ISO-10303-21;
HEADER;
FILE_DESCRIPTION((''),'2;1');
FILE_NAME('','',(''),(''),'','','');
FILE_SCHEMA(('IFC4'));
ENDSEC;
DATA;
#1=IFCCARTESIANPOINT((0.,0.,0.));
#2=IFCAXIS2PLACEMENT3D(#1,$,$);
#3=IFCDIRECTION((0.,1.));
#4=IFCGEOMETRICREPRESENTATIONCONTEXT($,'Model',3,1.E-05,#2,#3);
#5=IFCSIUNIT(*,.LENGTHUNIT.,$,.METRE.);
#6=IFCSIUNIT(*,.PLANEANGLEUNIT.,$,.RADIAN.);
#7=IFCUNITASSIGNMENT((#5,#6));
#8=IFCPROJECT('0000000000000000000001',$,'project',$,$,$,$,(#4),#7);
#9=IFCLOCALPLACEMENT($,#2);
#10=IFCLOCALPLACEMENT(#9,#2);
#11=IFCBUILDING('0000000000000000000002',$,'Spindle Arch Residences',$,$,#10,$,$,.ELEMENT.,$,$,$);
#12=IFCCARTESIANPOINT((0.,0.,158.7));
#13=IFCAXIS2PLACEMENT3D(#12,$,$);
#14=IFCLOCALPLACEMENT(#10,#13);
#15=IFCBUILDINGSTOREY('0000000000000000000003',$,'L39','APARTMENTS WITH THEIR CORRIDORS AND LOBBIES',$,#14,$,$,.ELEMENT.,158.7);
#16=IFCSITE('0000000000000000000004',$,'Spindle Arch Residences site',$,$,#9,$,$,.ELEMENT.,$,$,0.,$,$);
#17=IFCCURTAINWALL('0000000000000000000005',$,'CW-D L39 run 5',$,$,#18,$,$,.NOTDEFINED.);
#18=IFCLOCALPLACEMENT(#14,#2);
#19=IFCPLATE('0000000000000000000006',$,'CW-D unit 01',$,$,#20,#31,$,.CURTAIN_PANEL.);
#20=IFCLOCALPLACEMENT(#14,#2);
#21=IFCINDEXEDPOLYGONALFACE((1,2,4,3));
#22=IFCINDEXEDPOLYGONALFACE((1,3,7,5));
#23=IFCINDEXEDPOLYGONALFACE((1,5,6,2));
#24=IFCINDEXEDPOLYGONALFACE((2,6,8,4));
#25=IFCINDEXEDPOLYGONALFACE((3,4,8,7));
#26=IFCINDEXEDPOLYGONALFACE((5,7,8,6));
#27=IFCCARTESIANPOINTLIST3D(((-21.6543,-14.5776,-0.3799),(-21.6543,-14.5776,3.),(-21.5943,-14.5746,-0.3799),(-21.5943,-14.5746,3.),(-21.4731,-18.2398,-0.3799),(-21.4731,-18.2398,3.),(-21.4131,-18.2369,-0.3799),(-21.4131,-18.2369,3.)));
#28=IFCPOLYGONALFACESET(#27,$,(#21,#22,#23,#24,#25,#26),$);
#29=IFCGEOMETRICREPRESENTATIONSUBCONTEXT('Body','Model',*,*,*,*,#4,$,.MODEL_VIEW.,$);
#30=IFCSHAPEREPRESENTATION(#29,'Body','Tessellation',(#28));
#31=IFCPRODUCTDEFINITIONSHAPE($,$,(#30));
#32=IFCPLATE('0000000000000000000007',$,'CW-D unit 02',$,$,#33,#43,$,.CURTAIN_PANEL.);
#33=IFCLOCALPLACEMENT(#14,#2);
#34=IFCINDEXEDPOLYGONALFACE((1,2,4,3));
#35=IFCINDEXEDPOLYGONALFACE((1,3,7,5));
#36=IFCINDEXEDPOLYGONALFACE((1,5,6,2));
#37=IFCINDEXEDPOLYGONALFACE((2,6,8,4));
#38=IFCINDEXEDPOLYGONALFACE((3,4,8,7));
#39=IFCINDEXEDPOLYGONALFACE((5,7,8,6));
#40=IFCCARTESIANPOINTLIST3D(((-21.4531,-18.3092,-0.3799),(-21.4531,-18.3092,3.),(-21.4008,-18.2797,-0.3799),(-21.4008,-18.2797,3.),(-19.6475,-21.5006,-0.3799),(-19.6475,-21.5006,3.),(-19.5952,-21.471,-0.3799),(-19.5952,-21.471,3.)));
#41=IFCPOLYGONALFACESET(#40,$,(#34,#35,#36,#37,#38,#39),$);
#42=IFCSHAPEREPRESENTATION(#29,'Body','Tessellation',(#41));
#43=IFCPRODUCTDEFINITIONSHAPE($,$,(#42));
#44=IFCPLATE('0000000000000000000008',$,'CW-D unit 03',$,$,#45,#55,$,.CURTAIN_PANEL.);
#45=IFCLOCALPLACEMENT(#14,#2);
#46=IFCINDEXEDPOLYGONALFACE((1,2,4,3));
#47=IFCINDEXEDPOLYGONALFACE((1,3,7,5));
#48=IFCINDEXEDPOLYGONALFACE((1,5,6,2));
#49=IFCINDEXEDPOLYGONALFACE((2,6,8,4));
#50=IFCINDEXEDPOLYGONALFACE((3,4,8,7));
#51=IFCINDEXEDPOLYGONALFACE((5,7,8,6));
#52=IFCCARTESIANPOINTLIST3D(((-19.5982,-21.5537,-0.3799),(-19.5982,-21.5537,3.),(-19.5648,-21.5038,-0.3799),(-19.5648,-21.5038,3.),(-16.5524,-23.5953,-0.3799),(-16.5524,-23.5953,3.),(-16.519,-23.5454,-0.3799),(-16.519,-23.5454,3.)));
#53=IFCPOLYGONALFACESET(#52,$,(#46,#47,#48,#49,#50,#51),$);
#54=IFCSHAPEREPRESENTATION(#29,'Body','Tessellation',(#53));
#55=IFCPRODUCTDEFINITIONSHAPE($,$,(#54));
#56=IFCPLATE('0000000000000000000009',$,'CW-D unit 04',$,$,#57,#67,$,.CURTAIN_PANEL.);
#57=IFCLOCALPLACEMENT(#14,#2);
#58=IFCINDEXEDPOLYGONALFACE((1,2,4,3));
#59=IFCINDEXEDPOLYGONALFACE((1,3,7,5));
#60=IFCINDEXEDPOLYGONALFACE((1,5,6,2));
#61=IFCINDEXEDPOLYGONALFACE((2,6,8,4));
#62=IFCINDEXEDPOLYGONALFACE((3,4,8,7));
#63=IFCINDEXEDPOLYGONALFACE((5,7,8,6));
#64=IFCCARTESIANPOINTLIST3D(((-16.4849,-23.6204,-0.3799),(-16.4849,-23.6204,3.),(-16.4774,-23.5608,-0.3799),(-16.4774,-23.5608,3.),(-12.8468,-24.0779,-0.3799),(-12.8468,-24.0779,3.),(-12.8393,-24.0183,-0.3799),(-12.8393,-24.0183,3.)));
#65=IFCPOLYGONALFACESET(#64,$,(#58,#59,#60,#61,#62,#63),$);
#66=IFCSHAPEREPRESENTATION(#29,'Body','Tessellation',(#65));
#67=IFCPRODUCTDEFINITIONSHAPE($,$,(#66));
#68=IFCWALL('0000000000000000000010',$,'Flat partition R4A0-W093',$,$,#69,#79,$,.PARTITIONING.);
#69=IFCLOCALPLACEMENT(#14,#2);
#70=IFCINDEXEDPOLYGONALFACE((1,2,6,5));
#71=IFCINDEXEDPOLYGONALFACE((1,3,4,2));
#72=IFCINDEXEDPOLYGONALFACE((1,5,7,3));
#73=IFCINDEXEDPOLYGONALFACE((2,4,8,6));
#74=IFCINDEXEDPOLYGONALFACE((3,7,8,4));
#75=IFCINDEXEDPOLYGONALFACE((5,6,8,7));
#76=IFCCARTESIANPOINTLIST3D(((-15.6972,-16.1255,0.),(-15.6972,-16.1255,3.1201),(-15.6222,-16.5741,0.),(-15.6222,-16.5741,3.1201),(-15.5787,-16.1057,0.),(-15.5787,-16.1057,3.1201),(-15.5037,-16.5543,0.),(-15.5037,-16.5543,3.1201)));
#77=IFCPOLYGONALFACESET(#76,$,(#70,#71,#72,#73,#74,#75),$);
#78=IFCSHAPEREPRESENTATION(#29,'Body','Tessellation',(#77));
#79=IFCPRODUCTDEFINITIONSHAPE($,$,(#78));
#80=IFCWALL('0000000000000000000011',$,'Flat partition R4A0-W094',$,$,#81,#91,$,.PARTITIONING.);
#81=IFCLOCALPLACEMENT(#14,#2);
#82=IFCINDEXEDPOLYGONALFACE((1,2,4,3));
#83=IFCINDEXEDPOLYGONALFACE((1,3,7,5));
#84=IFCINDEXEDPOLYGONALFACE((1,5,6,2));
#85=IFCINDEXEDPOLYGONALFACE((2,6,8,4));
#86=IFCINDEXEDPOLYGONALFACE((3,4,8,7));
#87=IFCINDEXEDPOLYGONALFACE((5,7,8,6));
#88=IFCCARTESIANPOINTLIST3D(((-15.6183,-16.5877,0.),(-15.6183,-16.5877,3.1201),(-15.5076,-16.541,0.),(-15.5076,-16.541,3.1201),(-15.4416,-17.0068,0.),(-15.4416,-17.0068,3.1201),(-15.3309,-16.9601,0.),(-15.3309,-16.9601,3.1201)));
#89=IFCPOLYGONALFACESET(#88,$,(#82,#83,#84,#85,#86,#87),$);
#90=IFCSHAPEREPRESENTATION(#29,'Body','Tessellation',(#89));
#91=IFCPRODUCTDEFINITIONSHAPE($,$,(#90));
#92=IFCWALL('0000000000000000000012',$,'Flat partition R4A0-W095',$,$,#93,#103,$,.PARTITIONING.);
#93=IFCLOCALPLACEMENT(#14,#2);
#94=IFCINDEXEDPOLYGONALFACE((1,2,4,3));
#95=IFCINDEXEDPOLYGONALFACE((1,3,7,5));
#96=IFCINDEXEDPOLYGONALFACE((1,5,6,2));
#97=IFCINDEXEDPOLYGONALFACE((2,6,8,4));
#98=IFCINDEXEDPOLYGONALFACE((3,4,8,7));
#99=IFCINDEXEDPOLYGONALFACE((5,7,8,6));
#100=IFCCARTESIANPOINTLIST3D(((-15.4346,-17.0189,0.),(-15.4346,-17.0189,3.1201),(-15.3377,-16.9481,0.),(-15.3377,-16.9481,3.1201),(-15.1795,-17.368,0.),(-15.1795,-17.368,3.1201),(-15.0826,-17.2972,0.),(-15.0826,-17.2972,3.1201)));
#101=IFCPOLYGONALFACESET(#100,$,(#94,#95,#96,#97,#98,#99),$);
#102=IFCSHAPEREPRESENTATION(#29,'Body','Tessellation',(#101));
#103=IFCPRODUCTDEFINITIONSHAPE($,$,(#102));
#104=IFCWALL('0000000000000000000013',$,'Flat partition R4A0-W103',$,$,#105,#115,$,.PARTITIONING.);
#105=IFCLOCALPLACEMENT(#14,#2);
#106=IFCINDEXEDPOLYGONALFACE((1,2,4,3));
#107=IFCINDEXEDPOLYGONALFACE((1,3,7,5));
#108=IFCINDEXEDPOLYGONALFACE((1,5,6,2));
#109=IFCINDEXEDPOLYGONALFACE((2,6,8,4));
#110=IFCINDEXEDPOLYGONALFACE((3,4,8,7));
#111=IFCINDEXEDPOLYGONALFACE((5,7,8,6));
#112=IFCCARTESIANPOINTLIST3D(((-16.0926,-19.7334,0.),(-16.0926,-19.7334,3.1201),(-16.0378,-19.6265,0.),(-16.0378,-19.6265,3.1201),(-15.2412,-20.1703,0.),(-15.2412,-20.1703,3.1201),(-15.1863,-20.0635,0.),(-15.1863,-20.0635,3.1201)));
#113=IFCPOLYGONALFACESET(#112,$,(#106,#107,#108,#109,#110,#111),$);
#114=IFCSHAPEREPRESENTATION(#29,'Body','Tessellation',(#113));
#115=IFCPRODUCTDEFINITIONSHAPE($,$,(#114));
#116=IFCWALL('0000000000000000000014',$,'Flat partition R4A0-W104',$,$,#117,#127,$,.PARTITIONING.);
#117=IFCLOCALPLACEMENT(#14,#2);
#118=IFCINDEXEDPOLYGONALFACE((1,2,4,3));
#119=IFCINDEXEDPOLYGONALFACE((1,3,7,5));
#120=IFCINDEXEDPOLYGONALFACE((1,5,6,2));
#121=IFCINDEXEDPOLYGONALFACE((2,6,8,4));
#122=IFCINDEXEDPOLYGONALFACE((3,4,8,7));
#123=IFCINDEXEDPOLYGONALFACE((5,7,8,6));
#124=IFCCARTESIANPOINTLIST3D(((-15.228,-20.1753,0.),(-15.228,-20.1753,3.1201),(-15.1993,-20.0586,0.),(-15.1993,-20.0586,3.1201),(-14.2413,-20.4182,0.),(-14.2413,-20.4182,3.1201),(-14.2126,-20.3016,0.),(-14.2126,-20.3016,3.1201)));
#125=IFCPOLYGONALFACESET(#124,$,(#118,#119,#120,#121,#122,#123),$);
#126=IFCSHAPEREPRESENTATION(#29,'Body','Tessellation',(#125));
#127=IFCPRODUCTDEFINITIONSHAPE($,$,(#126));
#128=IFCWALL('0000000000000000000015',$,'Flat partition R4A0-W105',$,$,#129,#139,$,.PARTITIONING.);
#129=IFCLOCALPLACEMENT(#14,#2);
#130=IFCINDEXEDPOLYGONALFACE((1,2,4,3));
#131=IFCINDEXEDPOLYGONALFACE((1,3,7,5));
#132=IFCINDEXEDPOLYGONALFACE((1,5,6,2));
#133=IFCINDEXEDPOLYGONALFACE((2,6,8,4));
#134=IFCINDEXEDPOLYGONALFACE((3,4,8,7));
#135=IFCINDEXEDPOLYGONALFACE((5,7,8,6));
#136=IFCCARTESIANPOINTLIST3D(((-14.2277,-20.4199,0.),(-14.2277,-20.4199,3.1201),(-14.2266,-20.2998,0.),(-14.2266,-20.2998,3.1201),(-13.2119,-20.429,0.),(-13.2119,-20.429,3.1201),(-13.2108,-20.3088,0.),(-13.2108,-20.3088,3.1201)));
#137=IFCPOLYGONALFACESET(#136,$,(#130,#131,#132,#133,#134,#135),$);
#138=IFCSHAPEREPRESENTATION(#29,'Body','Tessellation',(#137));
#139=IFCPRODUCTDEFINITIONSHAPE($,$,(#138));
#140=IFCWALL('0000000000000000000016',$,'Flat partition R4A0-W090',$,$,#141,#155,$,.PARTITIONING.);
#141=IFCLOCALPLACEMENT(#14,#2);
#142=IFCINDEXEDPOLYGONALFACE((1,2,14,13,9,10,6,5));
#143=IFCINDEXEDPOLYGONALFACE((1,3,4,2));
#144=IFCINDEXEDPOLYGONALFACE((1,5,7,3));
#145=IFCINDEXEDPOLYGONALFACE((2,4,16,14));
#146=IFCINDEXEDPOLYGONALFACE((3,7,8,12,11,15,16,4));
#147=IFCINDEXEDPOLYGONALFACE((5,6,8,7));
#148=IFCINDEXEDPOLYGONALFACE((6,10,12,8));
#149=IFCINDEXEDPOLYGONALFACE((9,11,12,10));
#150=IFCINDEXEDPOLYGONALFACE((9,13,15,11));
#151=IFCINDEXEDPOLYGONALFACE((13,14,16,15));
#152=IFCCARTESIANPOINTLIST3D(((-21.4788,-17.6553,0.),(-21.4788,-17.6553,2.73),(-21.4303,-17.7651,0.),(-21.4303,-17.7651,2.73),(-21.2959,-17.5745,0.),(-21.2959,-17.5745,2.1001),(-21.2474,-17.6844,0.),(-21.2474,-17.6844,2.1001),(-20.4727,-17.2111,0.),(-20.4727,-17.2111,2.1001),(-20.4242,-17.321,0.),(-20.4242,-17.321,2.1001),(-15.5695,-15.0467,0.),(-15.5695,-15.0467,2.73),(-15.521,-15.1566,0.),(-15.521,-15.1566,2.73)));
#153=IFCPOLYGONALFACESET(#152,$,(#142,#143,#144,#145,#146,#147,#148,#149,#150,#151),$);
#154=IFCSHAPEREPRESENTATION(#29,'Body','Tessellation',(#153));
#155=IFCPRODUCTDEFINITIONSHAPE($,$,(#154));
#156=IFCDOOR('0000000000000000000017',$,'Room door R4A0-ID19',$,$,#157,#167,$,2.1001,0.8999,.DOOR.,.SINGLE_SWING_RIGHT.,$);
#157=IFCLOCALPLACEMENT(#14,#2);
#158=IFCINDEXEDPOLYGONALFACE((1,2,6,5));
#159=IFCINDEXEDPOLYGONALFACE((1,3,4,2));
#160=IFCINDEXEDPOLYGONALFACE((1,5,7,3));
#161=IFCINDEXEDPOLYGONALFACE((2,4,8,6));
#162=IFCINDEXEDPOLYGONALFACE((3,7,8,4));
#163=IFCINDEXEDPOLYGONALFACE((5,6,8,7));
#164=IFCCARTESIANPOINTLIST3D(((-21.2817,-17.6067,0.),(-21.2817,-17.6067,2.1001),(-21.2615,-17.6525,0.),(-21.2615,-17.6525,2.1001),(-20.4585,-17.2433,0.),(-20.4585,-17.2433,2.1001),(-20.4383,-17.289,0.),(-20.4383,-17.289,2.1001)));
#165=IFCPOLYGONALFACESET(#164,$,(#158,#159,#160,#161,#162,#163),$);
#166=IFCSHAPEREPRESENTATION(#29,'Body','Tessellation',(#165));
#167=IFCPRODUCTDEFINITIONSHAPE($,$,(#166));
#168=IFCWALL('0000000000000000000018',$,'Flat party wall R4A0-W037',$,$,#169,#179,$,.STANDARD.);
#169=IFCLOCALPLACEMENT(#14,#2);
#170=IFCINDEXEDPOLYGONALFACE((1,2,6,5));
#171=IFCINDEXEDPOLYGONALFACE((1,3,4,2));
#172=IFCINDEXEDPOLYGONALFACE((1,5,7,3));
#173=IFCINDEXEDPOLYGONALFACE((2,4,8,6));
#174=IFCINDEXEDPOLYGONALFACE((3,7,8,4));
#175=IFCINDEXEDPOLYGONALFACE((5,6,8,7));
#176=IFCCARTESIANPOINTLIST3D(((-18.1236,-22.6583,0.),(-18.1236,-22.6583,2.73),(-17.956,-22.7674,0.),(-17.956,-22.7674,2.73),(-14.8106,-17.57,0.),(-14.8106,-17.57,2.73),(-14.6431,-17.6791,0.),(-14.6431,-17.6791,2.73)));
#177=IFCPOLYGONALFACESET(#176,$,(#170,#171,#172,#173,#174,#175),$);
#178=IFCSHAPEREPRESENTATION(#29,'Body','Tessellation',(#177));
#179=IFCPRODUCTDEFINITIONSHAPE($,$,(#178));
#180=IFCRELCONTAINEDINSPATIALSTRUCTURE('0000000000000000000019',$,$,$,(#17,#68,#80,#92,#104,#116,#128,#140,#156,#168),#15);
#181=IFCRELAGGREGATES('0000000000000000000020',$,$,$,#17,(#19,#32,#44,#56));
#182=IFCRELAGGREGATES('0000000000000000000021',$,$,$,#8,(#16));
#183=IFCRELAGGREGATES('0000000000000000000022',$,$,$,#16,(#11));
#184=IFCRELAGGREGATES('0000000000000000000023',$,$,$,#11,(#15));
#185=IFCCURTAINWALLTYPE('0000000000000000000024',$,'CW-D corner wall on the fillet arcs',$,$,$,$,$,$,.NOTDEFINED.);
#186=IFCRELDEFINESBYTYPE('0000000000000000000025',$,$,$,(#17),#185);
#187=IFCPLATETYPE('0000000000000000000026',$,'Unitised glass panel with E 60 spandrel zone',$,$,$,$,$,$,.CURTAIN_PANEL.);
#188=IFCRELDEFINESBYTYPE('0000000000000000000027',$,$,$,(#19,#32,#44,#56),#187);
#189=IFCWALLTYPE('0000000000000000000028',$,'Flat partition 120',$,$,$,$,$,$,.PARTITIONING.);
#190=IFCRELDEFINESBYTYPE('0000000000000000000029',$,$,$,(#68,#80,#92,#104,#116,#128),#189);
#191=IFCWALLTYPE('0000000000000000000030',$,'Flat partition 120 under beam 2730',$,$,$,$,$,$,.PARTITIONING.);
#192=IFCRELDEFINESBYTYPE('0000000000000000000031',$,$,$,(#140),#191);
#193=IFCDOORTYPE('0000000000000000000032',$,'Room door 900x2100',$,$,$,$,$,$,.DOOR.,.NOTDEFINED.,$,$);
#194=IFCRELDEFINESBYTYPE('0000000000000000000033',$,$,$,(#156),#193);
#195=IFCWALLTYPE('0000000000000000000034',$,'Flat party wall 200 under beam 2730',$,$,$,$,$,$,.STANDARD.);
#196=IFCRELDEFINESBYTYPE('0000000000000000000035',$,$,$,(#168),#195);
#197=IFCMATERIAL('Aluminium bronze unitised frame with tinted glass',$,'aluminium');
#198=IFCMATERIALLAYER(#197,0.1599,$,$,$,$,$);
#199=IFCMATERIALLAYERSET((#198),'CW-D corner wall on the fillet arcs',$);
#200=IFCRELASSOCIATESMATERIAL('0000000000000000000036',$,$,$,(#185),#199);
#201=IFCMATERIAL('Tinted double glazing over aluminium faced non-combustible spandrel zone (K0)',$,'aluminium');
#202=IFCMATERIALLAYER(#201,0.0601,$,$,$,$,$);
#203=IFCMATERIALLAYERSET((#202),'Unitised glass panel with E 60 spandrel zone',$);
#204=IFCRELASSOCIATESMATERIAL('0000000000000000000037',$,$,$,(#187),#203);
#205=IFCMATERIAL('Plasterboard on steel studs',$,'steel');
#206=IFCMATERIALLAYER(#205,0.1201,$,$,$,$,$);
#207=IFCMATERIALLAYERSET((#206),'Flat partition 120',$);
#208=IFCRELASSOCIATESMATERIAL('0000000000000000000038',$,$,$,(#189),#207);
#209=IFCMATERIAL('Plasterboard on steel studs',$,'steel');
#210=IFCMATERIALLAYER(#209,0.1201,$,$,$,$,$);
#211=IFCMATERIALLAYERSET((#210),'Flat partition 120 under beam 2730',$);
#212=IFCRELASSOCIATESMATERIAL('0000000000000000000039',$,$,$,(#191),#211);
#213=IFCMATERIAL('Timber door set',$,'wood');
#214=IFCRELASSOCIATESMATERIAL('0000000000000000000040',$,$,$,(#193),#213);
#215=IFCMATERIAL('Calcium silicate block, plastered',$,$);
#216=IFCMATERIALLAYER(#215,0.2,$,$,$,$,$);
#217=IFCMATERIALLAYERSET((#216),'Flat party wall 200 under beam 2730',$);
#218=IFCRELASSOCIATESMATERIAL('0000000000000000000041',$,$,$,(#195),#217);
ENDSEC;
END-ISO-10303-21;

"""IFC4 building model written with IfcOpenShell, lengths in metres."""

from ifc_helpers import new_model, si_unit, direction, frame, frame_2d, origin, origin_2d, place, context, subcontext, project, spatial, rectangle, extrude, material, layer, layer_set, type_object, element, fill, aggregate, save


model = new_model("IFC4")

# Units and contexts
model_context = context("Model", 3, precision=1e-05, world=origin(), true_north=direction((0.0, 1.0)))
body_context = subcontext(model_context, "Body", "Model", "MODEL_VIEW")
ifc_project = project(units=[si_unit("LENGTHUNIT", "METRE"), si_unit("PLANEANGLEUNIT", "RADIAN")], contexts=[model_context])

# Site, building, storey
site_placement = place(None, origin())
site = spatial("IfcSite", under=ifc_project, at=site_placement, Name="Spindle Arch Residences site", CompositionType="ELEMENT", RefElevation=0.0)
building_placement = place(site_placement, origin())
building = spatial("IfcBuilding", under=site, at=building_placement, Name="Spindle Arch Residences", CompositionType="ELEMENT")
storey_placement = place(building_placement, frame((0.0, 0.0, 158.7)))
storey = spatial("IfcBuildingStorey", under=building, at=storey_placement, Name="L39", Description="APARTMENTS WITH THEIR CORRIDORS AND LOBBIES", CompositionType="ELEMENT", Elevation=158.7)

# Curtain wall
ifc_material_1 = material(Name="Aluminium bronze unitised frame with tinted glass", Category="aluminium")
ifc_layer_1 = layer(ifc_material_1, 0.1599)
ifc_layer_set_1 = layer_set([ifc_layer_1], Name="CW-D corner wall on the fillet arcs")
curtain_wall_type = type_object("IfcCurtainWallType", Name="CW-D corner wall on the fillet arcs", PredefinedType="NOTDEFINED", material=ifc_layer_set_1)
curtain_wall_placement = place(storey_placement, origin())
curtain_wall = element("IfcCurtainWall", 1, at=curtain_wall_placement, inside=storey, type_object=curtain_wall_type, Name="CW-D L39 run 5", PredefinedType="NOTDEFINED")

# Plates
ifc_material_2 = material(Name="Tinted double glazing over aluminium faced non-combustible spandrel zone (K0)", Category="aluminium")
ifc_layer_2 = layer(ifc_material_2, 0.0601)
ifc_layer_set_2 = layer_set([ifc_layer_2], Name="Unitised glass panel with E 60 spandrel zone")
plate_type = type_object("IfcPlateType", Name="Unitised glass panel with E 60 spandrel zone", PredefinedType="CURTAIN_PANEL", material=ifc_layer_set_2)
plate_1_placement = place(storey_placement, frame((-21.5337, -16.4072, -0.3799), z_axis=(0.0, 0.0, 1.0), x_axis=(0.049431, -0.998778, 0.0)))
plate_1 = element("IfcPlate", 2, at=plate_1_placement, type_object=plate_type, Name="CW-D unit 01", PredefinedType="CURTAIN_PANEL", context=body_context, shape_type="SweptSolid", body=[
    extrude(rectangle(XDim=3.6667, YDim=0.0601, at=origin_2d()), origin(), (0.0, 0.0, 1.0), 3.3799),
])
plate_2_placement = place(storey_placement, frame((-20.5242, -19.8901, -0.3799), z_axis=(0.0, 0.0, 1.0), x_axis=(0.492424, -0.870356, 0.0)))
plate_2 = element("IfcPlate", 3, at=plate_2_placement, type_object=plate_type, Name="CW-D unit 02", PredefinedType="CURTAIN_PANEL", context=body_context, shape_type="SweptSolid", body=[
    extrude(rectangle(XDim=3.6667, YDim=0.0601, at=origin_2d()), origin(), (0.0, 0.0, 1.0), 3.3799),
])
plate_3_placement = place(storey_placement, frame((-18.0586, -22.5496, -0.3799), z_axis=(0.0, 0.0, 1.0), x_axis=(0.830661, -0.556779, 0.0)))
plate_3 = element("IfcPlate", 4, at=plate_3_placement, type_object=plate_type, Name="CW-D unit 03", PredefinedType="CURTAIN_PANEL", context=body_context, shape_type="SweptSolid", body=[
    extrude(rectangle(XDim=3.6667, YDim=0.0601, at=origin_2d()), origin(), (0.0, 0.0, 1.0), 3.3799),
])
plate_4_placement = place(storey_placement, frame((-14.6621, -23.8193, -0.3799), z_axis=(0.0, 0.0, 1.0), x_axis=(0.992187, -0.124756, 0.0)))
plate_4 = element("IfcPlate", 5, at=plate_4_placement, type_object=plate_type, Name="CW-D unit 04", PredefinedType="CURTAIN_PANEL", context=body_context, shape_type="SweptSolid", body=[
    extrude(rectangle(XDim=3.6667, YDim=0.0601, at=origin_2d()), origin(), (0.0, 0.0, 1.0), 3.3799),
])
aggregate(curtain_wall, [plate_1, plate_2, plate_3, plate_4])

# Walls
ifc_material_3 = material(Name="Plasterboard on steel studs", Category="steel")
ifc_layer_3 = layer(ifc_material_3, 0.1201)
ifc_layer_set_3 = layer_set([ifc_layer_3], Name="Flat partition 120")
wall_type_1 = type_object("IfcWallType", Name="Flat partition 120", PredefinedType="PARTITIONING", material=ifc_layer_set_3)
for number, where, z_axis, x_axis, name in (
    (6, (-15.6379, -16.1155, 0.0), (0.0, 0.0, 1.0), (0.164747, -0.986336, 0.0), "Flat partition R4A0-W093"),
    (7, (-15.563, -16.5642, 0.0), (0.0, 0.0, 1.0), (0.388537, -0.921433, 0.0), "Flat partition R4A0-W094"),
):
    element("IfcWall", number, at=place(storey_placement, frame(where, z_axis=z_axis, x_axis=x_axis)), inside=storey, type_object=wall_type_1, Name=name, PredefinedType="PARTITIONING", context=body_context, shape_type="SweptSolid", body=[
        extrude(rectangle(XDim=0.4548, YDim=0.1201, at=frame_2d((0.2275, 0.0))), origin(), (0.0, 0.0, 1.0), 3.1201),
    ])
wall_1_placement = place(storey_placement, frame((-15.3862, -16.9834, 0.0), z_axis=(0.0, 0.0, 1.0), x_axis=(0.590017, -0.807391, 0.0)))
element("IfcWall", 8, at=wall_1_placement, inside=storey, type_object=wall_type_1, Name="Flat partition R4A0-W095", PredefinedType="PARTITIONING", context=body_context, shape_type="SweptSolid", body=[
    extrude(rectangle(XDim=0.4324, YDim=0.1201, at=frame_2d((0.2163, 0.0))), origin(), (0.0, 0.0, 1.0), 3.1201),
])
wall_2_placement = place(storey_placement, frame((-16.0652, -19.6799, 0.0), z_axis=(0.0, 0.0, 1.0), x_axis=(0.889685, -0.456576, 0.0)))
element("IfcWall", 9, at=wall_2_placement, inside=storey, type_object=wall_type_1, Name="Flat partition R4A0-W103", PredefinedType="PARTITIONING", context=body_context, shape_type="SweptSolid", body=[
    extrude(rectangle(XDim=0.957, YDim=0.1201, at=frame_2d((0.4785, 0.0))), origin(), (0.0, 0.0, 1.0), 3.1201),
])
wall_3_placement = place(storey_placement, frame((-15.2136, -20.1169, 0.0), z_axis=(0.0, 0.0, 1.0), x_axis=(0.970999, -0.239085, 0.0)))
element("IfcWall", 10, at=wall_3_placement, inside=storey, type_object=wall_type_1, Name="Flat partition R4A0-W104", PredefinedType="PARTITIONING", context=body_context, shape_type="SweptSolid", body=[
    extrude(rectangle(XDim=1.0161, YDim=0.1201, at=frame_2d((0.5081, 0.0))), origin(), (0.0, 0.0, 1.0), 3.1201),
])
wall_4_placement = place(storey_placement, frame((-14.2271, -20.3599, 0.0), z_axis=(0.0, 0.0, 1.0), x_axis=(0.99996, -0.008892, 0.0)))
element("IfcWall", 11, at=wall_4_placement, inside=storey, type_object=wall_type_1, Name="Flat partition R4A0-W105", PredefinedType="PARTITIONING", context=body_context, shape_type="SweptSolid", body=[
    extrude(rectangle(XDim=1.0159, YDim=0.1201, at=frame_2d((0.5078, 0.0))), origin(), (0.0, 0.0, 1.0), 3.1201),
])

# Wall, opening, door
ifc_material_4 = material(Name="Plasterboard on steel studs", Category="steel")
ifc_layer_4 = layer(ifc_material_4, 0.1201)
ifc_layer_set_4 = layer_set([ifc_layer_4], Name="Flat partition 120 under beam 2730")
wall_type_2 = type_object("IfcWallType", Name="Flat partition 120 under beam 2730", PredefinedType="PARTITIONING", material=ifc_layer_set_4)
wall_5_placement = place(storey_placement, frame((-21.4546, -17.7102, 0.0), z_axis=(0.0, 0.0, 1.0), x_axis=(0.91483, 0.40384, 0.0)))
wall_5 = element("IfcWall", 12, at=wall_5_placement, inside=storey, type_object=wall_type_2, Name="Flat partition R4A0-W090", PredefinedType="PARTITIONING", context=body_context, shape_type="SweptSolid", body=[
    extrude(rectangle(XDim=6.4595, YDim=0.1201, at=frame_2d((3.2297, 0.0))), origin(), (0.0, 0.0, 1.0), 2.73),
])
opening_placement = place(wall_5_placement, frame((0.2, 0.0, 0.0)))
opening = element("IfcOpeningElement", 13, at=opening_placement, cuts=wall_5, PredefinedType="OPENING", context=body_context, shape_type="SweptSolid", body=[
    extrude(rectangle(XDim=0.8999, YDim=2.1001, at=frame_2d((0.45, 1.05))), frame((0.0, 0.0701, 0.0), z_axis=(0.0, -1.0, 0.0), x_axis=(1.0, 0.0, 0.0)), (0.0, 0.0, 1.0), 0.1401),
])
ifc_material_5 = material(Name="Timber door set", Category="wood")
door_type = type_object("IfcDoorType", Name="Room door 900x2100", OperationType="NOTDEFINED", PredefinedType="DOOR", material=ifc_material_5)
door_placement = place(opening_placement, origin())
door = element("IfcDoor", 14, at=door_placement, inside=storey, type_object=door_type, Name="Room door R4A0-ID19", OperationType="SINGLE_SWING_RIGHT", OverallHeight=2.1001, OverallWidth=0.8999, PredefinedType="DOOR", context=body_context, shape_type="SweptSolid", body=[
    extrude(rectangle(XDim=0.8999, YDim=2.1001, at=frame_2d((0.45, 1.05))), frame((0.0, 0.0249, 0.0), z_axis=(0.0, -1.0, 0.0), x_axis=(1.0, 0.0, 0.0)), (0.0, 0.0, 1.0), 0.05),
])
fill(opening, door)

# Wall
ifc_material_6 = material(Name="Calcium silicate block, plastered")
ifc_layer_5 = layer(ifc_material_6, 0.2)
ifc_layer_set_5 = layer_set([ifc_layer_5], Name="Flat party wall 200 under beam 2730")
wall_type_3 = type_object("IfcWallType", Name="Flat party wall 200 under beam 2730", PredefinedType="STANDARD", material=ifc_layer_set_5)
wall_6_placement = place(storey_placement, frame((-18.0398, -22.7129, 0.0), z_axis=(0.0, 0.0, 1.0), x_axis=(0.54563, 0.838026, 0.0)))
element("IfcWall", 15, at=wall_6_placement, inside=storey, type_object=wall_type_3, Name="Flat party wall R4A0-W037", PredefinedType="STANDARD", context=body_context, shape_type="SweptSolid", body=[
    extrude(rectangle(XDim=6.0718, YDim=0.2, at=frame_2d((3.0359, 0.0))), origin(), (0.0, 0.0, 1.0), 2.73),
])

save(model, "model.ifc")
